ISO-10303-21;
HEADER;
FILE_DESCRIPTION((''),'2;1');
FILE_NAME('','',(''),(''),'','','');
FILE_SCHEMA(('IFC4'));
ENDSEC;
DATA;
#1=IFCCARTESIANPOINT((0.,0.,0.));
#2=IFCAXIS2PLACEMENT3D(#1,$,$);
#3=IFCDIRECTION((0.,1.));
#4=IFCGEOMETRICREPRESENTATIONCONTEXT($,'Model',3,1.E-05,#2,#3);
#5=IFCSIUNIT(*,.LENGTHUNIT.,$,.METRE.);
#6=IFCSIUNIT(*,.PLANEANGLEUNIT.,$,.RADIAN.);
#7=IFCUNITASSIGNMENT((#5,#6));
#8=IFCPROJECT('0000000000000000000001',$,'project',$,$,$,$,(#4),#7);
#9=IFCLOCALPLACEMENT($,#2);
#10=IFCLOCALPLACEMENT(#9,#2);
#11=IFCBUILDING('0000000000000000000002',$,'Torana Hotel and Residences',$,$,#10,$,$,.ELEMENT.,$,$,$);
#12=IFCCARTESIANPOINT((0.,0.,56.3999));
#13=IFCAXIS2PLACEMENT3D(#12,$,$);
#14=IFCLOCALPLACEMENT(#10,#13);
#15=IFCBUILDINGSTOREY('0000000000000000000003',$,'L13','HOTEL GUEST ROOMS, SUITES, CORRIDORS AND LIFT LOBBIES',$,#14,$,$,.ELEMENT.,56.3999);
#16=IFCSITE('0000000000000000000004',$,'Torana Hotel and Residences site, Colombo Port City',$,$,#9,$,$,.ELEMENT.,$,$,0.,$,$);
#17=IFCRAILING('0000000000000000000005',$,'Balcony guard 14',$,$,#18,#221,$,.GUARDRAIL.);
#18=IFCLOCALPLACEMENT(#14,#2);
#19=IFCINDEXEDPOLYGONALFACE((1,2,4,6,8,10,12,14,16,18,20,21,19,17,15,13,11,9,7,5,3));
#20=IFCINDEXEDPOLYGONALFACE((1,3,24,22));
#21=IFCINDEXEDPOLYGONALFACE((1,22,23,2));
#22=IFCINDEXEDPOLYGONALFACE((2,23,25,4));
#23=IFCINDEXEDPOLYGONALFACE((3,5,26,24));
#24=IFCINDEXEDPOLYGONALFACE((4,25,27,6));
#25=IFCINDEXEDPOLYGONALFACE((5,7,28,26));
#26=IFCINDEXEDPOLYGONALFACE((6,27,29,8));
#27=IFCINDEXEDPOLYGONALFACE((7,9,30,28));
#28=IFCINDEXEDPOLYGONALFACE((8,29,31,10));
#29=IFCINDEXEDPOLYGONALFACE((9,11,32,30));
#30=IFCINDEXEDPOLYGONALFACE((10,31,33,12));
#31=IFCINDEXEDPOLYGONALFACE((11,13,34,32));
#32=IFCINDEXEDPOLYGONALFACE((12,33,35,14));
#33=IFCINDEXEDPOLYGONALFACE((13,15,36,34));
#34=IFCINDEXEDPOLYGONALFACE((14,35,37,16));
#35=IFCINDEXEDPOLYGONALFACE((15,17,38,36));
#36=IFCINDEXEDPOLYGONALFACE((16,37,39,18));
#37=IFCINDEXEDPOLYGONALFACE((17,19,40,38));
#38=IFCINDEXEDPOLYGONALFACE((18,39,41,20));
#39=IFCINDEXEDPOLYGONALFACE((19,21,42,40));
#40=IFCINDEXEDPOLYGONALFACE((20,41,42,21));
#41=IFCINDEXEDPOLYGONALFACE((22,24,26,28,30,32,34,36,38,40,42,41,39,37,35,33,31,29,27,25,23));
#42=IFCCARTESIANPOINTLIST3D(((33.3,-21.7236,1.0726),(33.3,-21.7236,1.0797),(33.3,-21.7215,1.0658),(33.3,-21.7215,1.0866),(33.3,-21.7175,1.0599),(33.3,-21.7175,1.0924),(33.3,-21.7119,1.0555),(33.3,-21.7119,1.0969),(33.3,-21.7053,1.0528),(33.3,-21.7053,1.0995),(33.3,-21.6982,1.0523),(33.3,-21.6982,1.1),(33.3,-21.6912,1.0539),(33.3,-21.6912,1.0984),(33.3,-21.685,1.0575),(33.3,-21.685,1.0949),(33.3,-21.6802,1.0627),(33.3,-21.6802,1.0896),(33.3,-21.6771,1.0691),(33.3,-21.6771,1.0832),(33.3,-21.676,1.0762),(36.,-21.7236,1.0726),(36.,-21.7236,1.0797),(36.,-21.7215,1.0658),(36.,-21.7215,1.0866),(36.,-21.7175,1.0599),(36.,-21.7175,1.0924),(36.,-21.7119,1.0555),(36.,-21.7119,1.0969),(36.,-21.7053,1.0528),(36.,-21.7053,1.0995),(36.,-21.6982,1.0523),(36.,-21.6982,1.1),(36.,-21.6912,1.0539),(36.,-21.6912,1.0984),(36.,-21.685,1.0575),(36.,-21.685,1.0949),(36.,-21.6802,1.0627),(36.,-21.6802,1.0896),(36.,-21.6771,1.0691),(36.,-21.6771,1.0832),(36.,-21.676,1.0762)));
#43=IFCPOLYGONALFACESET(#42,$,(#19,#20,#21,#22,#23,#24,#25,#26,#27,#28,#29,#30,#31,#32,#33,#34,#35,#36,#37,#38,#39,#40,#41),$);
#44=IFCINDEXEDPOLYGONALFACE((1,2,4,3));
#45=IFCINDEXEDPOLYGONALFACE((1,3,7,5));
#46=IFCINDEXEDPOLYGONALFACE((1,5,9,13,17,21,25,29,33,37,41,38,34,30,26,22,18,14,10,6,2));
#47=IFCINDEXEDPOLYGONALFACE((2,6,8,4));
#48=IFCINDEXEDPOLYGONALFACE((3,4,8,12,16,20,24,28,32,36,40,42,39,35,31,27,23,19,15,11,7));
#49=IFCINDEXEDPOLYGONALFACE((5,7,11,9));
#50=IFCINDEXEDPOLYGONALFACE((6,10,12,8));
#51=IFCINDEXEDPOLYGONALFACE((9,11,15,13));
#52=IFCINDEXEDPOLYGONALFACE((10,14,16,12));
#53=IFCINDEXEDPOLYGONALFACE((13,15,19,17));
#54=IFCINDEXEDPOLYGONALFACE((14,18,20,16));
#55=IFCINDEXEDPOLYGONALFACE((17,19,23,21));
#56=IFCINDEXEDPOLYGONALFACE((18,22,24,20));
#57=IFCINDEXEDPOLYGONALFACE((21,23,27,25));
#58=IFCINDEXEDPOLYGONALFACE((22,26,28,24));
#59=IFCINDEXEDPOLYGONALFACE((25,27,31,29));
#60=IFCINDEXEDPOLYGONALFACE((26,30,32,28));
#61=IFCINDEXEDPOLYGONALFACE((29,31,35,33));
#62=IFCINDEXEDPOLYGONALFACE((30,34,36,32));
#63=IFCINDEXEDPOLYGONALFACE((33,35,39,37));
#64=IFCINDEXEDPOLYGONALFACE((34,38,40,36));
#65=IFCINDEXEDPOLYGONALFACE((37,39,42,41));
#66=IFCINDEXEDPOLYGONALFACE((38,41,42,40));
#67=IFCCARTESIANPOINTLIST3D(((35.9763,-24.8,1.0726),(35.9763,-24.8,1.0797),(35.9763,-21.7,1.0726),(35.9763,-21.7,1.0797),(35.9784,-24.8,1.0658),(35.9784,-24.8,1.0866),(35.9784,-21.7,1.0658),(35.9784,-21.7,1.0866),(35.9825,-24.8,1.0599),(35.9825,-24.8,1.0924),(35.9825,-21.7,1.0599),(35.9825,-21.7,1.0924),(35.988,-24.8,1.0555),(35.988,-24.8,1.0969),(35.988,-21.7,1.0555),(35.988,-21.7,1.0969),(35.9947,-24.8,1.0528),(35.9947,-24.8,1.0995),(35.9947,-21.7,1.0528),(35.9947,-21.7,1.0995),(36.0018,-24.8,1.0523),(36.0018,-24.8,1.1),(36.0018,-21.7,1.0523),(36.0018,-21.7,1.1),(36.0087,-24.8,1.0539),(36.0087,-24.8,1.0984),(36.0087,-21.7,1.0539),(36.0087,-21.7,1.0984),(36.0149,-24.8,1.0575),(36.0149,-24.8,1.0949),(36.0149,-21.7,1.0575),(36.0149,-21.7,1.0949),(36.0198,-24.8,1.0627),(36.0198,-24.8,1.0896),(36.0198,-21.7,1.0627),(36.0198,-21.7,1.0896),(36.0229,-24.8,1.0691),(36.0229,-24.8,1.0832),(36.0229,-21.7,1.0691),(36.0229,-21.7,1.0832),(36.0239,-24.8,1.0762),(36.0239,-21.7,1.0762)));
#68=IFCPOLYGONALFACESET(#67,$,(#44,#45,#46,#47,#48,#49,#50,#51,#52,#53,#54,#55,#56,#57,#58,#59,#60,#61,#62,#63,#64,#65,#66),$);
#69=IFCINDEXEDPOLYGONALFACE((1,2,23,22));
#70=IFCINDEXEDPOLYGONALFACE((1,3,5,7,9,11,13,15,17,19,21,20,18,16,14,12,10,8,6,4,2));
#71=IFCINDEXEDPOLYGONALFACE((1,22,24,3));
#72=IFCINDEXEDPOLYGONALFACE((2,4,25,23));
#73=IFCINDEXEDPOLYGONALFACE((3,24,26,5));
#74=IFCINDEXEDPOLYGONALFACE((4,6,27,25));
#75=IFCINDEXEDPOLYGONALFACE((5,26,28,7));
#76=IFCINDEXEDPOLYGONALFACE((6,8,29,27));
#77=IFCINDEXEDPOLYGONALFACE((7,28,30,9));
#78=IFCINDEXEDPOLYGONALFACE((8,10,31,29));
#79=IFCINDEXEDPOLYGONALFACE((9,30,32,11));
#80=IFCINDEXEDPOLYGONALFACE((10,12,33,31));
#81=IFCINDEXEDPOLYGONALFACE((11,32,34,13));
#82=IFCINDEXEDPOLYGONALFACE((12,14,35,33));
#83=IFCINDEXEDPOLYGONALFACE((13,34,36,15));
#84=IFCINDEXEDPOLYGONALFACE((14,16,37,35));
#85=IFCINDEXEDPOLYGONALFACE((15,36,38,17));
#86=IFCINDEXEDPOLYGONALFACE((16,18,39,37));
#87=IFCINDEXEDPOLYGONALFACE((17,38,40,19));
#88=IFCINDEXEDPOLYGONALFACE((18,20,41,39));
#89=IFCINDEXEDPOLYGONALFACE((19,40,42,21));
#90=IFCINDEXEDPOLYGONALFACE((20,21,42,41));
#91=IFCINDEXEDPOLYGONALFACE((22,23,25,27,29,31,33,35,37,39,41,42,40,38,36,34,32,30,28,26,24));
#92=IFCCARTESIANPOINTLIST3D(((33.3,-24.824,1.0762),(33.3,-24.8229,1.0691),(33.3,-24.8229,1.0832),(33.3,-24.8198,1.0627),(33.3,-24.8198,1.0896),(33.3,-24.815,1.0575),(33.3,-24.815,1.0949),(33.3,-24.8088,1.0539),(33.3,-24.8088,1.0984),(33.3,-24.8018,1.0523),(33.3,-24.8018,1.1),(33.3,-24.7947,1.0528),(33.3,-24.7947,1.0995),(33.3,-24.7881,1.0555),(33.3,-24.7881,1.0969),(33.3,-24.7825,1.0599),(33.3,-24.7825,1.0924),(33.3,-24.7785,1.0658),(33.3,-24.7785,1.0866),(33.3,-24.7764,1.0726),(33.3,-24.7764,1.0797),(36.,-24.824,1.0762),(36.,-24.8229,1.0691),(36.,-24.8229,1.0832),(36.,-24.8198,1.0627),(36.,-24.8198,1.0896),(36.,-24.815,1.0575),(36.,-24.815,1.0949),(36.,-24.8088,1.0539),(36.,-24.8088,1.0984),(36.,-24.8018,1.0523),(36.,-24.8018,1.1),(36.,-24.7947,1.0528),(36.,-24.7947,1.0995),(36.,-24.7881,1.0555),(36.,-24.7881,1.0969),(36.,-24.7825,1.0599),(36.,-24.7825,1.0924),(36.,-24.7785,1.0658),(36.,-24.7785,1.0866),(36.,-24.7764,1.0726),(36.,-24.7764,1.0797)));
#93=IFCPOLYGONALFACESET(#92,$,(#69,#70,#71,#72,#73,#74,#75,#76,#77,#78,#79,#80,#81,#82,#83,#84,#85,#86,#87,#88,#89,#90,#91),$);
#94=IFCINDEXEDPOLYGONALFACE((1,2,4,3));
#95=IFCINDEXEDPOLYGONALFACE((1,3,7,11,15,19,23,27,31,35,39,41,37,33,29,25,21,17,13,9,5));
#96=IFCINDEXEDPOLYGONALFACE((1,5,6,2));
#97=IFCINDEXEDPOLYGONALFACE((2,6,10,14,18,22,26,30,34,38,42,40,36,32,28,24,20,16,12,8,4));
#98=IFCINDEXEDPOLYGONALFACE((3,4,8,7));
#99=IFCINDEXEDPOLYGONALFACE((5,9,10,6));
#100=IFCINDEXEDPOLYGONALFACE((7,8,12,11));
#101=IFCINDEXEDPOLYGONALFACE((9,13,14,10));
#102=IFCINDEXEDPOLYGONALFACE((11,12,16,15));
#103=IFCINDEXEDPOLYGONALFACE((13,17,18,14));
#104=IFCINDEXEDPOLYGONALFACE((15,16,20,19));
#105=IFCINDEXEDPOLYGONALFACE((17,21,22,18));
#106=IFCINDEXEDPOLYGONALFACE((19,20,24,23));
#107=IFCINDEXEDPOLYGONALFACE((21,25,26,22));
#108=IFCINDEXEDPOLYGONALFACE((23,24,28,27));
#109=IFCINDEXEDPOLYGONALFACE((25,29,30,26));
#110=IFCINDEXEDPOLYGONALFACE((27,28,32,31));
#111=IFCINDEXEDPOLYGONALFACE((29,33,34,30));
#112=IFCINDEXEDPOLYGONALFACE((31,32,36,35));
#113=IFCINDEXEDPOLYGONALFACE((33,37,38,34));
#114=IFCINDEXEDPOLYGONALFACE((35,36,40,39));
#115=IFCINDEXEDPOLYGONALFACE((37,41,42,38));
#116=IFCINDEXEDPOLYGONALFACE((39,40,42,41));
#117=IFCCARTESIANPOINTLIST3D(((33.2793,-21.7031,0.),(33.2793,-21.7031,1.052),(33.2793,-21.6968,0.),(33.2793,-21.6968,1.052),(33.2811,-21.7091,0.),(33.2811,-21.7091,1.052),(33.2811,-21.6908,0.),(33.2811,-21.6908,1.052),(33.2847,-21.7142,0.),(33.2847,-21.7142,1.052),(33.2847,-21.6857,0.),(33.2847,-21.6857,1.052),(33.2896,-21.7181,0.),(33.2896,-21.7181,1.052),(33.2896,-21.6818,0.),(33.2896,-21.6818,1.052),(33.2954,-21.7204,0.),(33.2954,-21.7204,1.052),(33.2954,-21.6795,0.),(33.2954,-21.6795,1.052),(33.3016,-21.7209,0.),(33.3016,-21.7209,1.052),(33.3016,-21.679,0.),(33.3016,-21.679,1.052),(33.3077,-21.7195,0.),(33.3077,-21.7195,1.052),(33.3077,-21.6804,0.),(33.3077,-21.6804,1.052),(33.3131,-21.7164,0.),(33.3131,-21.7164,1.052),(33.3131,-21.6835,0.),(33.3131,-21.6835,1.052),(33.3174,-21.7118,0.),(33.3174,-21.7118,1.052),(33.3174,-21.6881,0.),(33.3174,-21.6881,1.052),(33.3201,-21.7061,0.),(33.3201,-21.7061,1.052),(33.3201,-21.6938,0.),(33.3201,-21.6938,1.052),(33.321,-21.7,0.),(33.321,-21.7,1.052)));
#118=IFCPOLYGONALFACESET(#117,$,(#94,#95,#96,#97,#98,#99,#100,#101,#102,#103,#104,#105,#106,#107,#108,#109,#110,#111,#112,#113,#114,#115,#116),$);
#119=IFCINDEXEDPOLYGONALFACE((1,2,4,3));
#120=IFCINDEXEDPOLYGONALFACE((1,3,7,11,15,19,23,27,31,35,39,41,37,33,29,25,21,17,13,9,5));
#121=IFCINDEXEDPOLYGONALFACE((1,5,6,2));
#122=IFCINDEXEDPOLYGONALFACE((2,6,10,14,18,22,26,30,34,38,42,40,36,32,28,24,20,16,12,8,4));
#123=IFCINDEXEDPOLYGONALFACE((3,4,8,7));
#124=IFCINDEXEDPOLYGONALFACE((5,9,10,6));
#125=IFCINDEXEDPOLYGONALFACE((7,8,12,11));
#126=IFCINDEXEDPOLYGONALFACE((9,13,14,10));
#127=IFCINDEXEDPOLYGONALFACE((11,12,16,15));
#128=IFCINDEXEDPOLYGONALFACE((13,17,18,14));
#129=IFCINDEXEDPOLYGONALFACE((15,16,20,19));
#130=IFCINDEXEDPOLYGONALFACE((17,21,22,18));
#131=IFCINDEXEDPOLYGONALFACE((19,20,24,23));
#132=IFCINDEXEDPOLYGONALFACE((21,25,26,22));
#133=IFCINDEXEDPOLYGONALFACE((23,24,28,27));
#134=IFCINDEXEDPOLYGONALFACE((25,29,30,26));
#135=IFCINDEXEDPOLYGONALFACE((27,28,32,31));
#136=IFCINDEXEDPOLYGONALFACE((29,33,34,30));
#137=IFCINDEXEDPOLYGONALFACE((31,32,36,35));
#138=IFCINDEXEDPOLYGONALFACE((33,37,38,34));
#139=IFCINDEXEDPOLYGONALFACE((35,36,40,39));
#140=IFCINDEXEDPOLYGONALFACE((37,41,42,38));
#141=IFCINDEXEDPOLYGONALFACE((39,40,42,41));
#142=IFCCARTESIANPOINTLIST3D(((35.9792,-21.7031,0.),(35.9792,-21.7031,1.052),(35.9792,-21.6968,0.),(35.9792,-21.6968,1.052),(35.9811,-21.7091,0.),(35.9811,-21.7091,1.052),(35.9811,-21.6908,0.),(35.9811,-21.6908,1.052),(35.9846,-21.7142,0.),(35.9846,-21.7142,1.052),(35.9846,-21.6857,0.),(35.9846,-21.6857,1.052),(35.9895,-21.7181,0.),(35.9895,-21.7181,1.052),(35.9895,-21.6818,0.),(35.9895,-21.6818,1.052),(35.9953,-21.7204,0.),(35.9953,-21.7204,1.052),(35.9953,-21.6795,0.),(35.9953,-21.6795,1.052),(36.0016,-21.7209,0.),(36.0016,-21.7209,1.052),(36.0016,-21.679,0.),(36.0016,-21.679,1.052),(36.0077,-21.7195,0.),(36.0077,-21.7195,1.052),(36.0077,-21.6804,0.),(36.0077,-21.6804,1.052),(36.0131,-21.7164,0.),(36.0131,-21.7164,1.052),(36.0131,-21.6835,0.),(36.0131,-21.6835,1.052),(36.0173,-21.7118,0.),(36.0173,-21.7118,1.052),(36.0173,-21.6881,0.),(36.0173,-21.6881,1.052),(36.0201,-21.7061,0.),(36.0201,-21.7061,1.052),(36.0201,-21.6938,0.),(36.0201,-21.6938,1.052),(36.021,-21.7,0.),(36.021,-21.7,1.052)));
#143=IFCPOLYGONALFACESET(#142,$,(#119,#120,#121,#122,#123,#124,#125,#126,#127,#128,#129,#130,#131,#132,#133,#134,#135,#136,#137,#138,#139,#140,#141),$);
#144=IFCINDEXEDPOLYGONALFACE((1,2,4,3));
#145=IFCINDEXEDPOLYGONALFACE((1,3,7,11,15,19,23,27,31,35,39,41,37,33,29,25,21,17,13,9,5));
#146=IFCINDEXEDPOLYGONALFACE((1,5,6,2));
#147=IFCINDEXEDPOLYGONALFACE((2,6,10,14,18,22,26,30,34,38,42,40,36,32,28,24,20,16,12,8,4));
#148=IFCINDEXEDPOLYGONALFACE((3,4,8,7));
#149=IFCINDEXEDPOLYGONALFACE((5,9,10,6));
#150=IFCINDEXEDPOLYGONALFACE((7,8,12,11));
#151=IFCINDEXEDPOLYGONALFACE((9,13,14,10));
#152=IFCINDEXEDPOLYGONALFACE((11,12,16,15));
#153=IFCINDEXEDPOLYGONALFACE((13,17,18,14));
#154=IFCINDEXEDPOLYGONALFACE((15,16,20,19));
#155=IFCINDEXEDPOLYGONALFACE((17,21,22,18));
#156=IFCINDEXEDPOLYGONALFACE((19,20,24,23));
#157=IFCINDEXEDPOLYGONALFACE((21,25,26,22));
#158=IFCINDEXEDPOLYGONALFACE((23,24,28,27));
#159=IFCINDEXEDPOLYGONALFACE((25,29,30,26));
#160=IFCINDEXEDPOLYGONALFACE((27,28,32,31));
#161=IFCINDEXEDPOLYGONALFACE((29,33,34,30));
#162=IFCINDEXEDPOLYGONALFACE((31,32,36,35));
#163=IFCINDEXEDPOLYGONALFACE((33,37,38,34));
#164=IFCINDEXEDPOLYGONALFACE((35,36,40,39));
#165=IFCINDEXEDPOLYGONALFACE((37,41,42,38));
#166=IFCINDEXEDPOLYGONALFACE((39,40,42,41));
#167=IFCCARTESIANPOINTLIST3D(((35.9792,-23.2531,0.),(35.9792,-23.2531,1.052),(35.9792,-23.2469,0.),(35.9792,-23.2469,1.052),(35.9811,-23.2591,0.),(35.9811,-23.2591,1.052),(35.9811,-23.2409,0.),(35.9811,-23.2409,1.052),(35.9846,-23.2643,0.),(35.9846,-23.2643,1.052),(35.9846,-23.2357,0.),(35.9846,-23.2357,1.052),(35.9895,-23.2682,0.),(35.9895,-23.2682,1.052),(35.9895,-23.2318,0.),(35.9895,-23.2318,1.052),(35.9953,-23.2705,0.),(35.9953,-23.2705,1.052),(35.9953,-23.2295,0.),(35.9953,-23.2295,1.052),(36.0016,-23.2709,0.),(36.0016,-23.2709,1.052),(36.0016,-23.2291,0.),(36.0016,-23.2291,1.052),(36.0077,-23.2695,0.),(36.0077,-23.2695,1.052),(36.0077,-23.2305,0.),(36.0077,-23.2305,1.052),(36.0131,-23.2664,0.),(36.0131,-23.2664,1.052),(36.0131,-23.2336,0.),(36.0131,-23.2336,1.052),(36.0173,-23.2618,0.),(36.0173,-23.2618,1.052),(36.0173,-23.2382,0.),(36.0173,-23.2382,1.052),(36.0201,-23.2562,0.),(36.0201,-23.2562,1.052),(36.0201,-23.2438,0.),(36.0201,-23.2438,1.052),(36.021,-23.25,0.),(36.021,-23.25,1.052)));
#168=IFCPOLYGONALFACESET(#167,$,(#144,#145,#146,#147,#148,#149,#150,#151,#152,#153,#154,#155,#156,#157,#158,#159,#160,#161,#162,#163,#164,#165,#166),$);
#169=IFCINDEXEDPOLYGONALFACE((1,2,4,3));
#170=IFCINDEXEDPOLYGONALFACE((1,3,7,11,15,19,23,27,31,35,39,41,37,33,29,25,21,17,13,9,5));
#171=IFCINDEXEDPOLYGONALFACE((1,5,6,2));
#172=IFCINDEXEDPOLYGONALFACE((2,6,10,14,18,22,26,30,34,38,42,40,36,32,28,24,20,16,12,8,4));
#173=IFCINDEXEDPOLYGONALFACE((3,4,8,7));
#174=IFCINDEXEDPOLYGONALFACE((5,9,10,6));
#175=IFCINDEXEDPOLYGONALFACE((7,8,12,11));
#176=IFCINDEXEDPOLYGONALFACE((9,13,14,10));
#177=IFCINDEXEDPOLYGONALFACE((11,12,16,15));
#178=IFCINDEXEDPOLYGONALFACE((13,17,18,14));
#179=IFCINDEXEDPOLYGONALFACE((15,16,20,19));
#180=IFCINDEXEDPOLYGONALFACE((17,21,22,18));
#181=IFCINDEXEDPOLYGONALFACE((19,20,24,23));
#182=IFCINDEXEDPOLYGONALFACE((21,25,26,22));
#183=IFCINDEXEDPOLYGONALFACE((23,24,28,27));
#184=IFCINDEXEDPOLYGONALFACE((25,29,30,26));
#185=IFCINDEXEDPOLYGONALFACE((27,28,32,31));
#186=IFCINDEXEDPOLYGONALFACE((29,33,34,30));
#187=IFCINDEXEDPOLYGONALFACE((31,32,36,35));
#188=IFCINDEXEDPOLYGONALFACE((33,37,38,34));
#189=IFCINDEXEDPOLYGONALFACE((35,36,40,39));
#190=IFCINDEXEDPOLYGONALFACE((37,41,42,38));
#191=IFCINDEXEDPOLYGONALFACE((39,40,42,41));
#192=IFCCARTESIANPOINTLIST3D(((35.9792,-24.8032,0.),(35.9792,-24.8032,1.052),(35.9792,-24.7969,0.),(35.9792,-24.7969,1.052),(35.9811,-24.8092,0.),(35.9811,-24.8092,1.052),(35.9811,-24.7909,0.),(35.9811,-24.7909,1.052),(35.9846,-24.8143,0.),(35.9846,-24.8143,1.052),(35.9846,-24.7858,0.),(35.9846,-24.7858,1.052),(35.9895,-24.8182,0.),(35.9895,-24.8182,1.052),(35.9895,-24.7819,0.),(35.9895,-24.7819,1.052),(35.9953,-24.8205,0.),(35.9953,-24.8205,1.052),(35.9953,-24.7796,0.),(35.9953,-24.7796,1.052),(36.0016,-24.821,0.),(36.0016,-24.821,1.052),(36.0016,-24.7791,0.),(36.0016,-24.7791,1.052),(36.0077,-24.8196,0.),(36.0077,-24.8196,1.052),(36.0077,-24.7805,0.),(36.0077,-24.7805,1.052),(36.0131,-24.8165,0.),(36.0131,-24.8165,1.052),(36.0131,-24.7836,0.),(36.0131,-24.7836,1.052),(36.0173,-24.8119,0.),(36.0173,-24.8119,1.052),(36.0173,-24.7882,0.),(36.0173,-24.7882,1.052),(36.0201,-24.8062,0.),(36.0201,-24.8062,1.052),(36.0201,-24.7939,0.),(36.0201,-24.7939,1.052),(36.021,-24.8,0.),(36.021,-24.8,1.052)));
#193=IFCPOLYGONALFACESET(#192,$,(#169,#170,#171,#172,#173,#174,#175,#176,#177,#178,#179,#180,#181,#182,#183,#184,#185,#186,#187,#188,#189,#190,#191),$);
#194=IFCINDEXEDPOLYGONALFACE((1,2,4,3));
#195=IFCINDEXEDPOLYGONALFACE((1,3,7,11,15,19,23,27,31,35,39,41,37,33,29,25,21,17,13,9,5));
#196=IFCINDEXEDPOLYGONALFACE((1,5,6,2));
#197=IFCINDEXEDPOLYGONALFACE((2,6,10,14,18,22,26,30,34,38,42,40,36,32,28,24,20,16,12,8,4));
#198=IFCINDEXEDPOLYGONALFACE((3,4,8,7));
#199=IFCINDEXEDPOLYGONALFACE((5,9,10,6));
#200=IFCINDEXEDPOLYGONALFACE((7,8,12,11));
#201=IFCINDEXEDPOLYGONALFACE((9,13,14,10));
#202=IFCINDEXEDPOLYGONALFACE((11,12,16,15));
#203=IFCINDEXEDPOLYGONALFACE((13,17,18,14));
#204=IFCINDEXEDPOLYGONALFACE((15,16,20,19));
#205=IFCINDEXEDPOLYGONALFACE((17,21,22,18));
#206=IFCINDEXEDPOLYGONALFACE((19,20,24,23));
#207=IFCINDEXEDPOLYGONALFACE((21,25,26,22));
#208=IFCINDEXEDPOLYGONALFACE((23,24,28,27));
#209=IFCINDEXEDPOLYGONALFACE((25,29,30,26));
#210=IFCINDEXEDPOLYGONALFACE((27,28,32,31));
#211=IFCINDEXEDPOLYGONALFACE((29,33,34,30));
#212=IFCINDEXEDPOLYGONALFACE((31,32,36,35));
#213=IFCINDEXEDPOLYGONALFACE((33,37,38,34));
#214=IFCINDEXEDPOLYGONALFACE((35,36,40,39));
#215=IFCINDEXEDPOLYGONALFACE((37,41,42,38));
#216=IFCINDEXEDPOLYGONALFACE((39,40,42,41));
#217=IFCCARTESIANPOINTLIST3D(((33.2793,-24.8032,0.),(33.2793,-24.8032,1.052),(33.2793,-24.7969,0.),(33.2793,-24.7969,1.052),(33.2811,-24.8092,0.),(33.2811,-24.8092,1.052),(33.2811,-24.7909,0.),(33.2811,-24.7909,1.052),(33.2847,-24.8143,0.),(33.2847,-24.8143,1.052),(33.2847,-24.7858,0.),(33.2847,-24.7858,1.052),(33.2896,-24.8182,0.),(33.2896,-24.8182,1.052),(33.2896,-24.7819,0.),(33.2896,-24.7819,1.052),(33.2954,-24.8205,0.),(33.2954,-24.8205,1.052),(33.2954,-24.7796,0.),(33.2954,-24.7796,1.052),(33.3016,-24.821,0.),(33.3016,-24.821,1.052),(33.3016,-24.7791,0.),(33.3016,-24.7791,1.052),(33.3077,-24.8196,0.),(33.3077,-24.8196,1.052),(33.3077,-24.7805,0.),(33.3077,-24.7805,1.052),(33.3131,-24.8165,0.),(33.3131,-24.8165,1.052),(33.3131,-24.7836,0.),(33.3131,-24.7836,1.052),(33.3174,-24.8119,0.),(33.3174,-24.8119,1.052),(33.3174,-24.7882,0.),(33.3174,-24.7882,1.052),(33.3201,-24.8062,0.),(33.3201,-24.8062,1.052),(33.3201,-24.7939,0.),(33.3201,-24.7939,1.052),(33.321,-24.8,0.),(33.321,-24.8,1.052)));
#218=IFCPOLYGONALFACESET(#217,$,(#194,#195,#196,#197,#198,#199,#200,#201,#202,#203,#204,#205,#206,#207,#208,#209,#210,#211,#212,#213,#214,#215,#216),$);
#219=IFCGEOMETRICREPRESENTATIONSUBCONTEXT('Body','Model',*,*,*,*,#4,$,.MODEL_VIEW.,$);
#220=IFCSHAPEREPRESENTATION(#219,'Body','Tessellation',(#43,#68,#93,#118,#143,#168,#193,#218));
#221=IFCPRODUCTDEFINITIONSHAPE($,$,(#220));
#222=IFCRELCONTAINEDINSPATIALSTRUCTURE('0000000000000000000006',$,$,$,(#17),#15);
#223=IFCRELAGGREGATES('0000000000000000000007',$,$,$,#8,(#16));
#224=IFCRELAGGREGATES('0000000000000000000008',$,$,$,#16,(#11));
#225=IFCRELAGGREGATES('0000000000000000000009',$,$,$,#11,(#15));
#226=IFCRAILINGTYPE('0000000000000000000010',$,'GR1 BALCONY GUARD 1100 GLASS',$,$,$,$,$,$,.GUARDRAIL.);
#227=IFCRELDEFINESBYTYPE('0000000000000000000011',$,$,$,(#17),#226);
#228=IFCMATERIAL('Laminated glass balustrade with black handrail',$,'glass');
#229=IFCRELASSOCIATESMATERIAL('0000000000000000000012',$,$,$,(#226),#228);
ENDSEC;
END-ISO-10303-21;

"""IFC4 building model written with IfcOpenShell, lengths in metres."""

from ifc_helpers import new_model, si_unit, direction, frame, origin, origin_2d, place, context, subcontext, project, spatial, circle, extrude, material, type_object, element, save


model = new_model("IFC4")

# Units and contexts
model_context = context("Model", 3, precision=1e-05, world=origin(), true_north=direction((0.0, 1.0)))
body_context = subcontext(model_context, "Body", "Model", "MODEL_VIEW")
ifc_project = project(units=[si_unit("LENGTHUNIT", "METRE"), si_unit("PLANEANGLEUNIT", "RADIAN")], contexts=[model_context])

# Site, building, storey
site_placement = place(None, origin())
site = spatial("IfcSite", under=ifc_project, at=site_placement, Name="Torana Hotel and Residences site, Colombo Port City", CompositionType="ELEMENT", RefElevation=0.0)
building_placement = place(site_placement, origin())
building = spatial("IfcBuilding", under=site, at=building_placement, Name="Torana Hotel and Residences", CompositionType="ELEMENT")
storey_placement = place(building_placement, frame((0.0, 0.0, 56.3999)))
storey = spatial("IfcBuildingStorey", under=building, at=storey_placement, Name="L13", Description="HOTEL GUEST ROOMS, SUITES, CORRIDORS AND LIFT LOBBIES", CompositionType="ELEMENT", Elevation=56.3999)

# Railing
ifc_material_1 = material(Name="Laminated glass balustrade with black handrail", Category="glass")
railing_type = type_object("IfcRailingType", Name="GR1 BALCONY GUARD 1100 GLASS", PredefinedType="GUARDRAIL", material=ifc_material_1)
railing_1_placement = place(storey_placement, frame((33.3, -21.7, 0.0)))
element("IfcRailing", 1, at=railing_1_placement, inside=storey, type_object=railing_type, Name="Balcony guard 14", PredefinedType="GUARDRAIL", context=body_context, shape_type="SweptSolid", body=[
    extrude(circle(Radius=0.0239, at=origin_2d()), frame((0.0, 0.0, 1.0762), z_axis=(1.0, 0.0, 0.0), x_axis=(0.0, 1.0, 0.0)), (0.0, 0.0, 1.0), 2.7),
    extrude(circle(Radius=0.0239, at=origin_2d()), frame((2.7, 0.0, 1.0762), z_axis=(0.0, -1.0, 0.0), x_axis=(1.0, 0.0, 0.0)), (0.0, 0.0, 1.0), 3.1001),
    extrude(circle(Radius=0.0239, at=origin_2d()), frame((2.7, -3.1001, 1.0762), z_axis=(-1.0, 0.0, 0.0), x_axis=(0.0, -1.0, 0.0)), (0.0, 0.0, 1.0), 2.7),
    extrude(circle(Radius=0.021, at=origin_2d()), origin(), (0.0, 0.0, 1.0), 1.052),
    extrude(circle(Radius=0.021, at=origin_2d()), frame((2.7, 0.0, 0.0)), (0.0, 0.0, 1.0), 1.052),
    extrude(circle(Radius=0.021, at=origin_2d()), frame((2.7, -1.55, 0.0)), (0.0, 0.0, 1.0), 1.052),
    extrude(circle(Radius=0.021, at=origin_2d()), frame((2.7, -3.1001, 0.0)), (0.0, 0.0, 1.0), 1.052),
    extrude(circle(Radius=0.021, at=origin_2d()), frame((0.0, -3.1001, 0.0)), (0.0, 0.0, 1.0), 1.052),
])

save(model, "model.ifc")
